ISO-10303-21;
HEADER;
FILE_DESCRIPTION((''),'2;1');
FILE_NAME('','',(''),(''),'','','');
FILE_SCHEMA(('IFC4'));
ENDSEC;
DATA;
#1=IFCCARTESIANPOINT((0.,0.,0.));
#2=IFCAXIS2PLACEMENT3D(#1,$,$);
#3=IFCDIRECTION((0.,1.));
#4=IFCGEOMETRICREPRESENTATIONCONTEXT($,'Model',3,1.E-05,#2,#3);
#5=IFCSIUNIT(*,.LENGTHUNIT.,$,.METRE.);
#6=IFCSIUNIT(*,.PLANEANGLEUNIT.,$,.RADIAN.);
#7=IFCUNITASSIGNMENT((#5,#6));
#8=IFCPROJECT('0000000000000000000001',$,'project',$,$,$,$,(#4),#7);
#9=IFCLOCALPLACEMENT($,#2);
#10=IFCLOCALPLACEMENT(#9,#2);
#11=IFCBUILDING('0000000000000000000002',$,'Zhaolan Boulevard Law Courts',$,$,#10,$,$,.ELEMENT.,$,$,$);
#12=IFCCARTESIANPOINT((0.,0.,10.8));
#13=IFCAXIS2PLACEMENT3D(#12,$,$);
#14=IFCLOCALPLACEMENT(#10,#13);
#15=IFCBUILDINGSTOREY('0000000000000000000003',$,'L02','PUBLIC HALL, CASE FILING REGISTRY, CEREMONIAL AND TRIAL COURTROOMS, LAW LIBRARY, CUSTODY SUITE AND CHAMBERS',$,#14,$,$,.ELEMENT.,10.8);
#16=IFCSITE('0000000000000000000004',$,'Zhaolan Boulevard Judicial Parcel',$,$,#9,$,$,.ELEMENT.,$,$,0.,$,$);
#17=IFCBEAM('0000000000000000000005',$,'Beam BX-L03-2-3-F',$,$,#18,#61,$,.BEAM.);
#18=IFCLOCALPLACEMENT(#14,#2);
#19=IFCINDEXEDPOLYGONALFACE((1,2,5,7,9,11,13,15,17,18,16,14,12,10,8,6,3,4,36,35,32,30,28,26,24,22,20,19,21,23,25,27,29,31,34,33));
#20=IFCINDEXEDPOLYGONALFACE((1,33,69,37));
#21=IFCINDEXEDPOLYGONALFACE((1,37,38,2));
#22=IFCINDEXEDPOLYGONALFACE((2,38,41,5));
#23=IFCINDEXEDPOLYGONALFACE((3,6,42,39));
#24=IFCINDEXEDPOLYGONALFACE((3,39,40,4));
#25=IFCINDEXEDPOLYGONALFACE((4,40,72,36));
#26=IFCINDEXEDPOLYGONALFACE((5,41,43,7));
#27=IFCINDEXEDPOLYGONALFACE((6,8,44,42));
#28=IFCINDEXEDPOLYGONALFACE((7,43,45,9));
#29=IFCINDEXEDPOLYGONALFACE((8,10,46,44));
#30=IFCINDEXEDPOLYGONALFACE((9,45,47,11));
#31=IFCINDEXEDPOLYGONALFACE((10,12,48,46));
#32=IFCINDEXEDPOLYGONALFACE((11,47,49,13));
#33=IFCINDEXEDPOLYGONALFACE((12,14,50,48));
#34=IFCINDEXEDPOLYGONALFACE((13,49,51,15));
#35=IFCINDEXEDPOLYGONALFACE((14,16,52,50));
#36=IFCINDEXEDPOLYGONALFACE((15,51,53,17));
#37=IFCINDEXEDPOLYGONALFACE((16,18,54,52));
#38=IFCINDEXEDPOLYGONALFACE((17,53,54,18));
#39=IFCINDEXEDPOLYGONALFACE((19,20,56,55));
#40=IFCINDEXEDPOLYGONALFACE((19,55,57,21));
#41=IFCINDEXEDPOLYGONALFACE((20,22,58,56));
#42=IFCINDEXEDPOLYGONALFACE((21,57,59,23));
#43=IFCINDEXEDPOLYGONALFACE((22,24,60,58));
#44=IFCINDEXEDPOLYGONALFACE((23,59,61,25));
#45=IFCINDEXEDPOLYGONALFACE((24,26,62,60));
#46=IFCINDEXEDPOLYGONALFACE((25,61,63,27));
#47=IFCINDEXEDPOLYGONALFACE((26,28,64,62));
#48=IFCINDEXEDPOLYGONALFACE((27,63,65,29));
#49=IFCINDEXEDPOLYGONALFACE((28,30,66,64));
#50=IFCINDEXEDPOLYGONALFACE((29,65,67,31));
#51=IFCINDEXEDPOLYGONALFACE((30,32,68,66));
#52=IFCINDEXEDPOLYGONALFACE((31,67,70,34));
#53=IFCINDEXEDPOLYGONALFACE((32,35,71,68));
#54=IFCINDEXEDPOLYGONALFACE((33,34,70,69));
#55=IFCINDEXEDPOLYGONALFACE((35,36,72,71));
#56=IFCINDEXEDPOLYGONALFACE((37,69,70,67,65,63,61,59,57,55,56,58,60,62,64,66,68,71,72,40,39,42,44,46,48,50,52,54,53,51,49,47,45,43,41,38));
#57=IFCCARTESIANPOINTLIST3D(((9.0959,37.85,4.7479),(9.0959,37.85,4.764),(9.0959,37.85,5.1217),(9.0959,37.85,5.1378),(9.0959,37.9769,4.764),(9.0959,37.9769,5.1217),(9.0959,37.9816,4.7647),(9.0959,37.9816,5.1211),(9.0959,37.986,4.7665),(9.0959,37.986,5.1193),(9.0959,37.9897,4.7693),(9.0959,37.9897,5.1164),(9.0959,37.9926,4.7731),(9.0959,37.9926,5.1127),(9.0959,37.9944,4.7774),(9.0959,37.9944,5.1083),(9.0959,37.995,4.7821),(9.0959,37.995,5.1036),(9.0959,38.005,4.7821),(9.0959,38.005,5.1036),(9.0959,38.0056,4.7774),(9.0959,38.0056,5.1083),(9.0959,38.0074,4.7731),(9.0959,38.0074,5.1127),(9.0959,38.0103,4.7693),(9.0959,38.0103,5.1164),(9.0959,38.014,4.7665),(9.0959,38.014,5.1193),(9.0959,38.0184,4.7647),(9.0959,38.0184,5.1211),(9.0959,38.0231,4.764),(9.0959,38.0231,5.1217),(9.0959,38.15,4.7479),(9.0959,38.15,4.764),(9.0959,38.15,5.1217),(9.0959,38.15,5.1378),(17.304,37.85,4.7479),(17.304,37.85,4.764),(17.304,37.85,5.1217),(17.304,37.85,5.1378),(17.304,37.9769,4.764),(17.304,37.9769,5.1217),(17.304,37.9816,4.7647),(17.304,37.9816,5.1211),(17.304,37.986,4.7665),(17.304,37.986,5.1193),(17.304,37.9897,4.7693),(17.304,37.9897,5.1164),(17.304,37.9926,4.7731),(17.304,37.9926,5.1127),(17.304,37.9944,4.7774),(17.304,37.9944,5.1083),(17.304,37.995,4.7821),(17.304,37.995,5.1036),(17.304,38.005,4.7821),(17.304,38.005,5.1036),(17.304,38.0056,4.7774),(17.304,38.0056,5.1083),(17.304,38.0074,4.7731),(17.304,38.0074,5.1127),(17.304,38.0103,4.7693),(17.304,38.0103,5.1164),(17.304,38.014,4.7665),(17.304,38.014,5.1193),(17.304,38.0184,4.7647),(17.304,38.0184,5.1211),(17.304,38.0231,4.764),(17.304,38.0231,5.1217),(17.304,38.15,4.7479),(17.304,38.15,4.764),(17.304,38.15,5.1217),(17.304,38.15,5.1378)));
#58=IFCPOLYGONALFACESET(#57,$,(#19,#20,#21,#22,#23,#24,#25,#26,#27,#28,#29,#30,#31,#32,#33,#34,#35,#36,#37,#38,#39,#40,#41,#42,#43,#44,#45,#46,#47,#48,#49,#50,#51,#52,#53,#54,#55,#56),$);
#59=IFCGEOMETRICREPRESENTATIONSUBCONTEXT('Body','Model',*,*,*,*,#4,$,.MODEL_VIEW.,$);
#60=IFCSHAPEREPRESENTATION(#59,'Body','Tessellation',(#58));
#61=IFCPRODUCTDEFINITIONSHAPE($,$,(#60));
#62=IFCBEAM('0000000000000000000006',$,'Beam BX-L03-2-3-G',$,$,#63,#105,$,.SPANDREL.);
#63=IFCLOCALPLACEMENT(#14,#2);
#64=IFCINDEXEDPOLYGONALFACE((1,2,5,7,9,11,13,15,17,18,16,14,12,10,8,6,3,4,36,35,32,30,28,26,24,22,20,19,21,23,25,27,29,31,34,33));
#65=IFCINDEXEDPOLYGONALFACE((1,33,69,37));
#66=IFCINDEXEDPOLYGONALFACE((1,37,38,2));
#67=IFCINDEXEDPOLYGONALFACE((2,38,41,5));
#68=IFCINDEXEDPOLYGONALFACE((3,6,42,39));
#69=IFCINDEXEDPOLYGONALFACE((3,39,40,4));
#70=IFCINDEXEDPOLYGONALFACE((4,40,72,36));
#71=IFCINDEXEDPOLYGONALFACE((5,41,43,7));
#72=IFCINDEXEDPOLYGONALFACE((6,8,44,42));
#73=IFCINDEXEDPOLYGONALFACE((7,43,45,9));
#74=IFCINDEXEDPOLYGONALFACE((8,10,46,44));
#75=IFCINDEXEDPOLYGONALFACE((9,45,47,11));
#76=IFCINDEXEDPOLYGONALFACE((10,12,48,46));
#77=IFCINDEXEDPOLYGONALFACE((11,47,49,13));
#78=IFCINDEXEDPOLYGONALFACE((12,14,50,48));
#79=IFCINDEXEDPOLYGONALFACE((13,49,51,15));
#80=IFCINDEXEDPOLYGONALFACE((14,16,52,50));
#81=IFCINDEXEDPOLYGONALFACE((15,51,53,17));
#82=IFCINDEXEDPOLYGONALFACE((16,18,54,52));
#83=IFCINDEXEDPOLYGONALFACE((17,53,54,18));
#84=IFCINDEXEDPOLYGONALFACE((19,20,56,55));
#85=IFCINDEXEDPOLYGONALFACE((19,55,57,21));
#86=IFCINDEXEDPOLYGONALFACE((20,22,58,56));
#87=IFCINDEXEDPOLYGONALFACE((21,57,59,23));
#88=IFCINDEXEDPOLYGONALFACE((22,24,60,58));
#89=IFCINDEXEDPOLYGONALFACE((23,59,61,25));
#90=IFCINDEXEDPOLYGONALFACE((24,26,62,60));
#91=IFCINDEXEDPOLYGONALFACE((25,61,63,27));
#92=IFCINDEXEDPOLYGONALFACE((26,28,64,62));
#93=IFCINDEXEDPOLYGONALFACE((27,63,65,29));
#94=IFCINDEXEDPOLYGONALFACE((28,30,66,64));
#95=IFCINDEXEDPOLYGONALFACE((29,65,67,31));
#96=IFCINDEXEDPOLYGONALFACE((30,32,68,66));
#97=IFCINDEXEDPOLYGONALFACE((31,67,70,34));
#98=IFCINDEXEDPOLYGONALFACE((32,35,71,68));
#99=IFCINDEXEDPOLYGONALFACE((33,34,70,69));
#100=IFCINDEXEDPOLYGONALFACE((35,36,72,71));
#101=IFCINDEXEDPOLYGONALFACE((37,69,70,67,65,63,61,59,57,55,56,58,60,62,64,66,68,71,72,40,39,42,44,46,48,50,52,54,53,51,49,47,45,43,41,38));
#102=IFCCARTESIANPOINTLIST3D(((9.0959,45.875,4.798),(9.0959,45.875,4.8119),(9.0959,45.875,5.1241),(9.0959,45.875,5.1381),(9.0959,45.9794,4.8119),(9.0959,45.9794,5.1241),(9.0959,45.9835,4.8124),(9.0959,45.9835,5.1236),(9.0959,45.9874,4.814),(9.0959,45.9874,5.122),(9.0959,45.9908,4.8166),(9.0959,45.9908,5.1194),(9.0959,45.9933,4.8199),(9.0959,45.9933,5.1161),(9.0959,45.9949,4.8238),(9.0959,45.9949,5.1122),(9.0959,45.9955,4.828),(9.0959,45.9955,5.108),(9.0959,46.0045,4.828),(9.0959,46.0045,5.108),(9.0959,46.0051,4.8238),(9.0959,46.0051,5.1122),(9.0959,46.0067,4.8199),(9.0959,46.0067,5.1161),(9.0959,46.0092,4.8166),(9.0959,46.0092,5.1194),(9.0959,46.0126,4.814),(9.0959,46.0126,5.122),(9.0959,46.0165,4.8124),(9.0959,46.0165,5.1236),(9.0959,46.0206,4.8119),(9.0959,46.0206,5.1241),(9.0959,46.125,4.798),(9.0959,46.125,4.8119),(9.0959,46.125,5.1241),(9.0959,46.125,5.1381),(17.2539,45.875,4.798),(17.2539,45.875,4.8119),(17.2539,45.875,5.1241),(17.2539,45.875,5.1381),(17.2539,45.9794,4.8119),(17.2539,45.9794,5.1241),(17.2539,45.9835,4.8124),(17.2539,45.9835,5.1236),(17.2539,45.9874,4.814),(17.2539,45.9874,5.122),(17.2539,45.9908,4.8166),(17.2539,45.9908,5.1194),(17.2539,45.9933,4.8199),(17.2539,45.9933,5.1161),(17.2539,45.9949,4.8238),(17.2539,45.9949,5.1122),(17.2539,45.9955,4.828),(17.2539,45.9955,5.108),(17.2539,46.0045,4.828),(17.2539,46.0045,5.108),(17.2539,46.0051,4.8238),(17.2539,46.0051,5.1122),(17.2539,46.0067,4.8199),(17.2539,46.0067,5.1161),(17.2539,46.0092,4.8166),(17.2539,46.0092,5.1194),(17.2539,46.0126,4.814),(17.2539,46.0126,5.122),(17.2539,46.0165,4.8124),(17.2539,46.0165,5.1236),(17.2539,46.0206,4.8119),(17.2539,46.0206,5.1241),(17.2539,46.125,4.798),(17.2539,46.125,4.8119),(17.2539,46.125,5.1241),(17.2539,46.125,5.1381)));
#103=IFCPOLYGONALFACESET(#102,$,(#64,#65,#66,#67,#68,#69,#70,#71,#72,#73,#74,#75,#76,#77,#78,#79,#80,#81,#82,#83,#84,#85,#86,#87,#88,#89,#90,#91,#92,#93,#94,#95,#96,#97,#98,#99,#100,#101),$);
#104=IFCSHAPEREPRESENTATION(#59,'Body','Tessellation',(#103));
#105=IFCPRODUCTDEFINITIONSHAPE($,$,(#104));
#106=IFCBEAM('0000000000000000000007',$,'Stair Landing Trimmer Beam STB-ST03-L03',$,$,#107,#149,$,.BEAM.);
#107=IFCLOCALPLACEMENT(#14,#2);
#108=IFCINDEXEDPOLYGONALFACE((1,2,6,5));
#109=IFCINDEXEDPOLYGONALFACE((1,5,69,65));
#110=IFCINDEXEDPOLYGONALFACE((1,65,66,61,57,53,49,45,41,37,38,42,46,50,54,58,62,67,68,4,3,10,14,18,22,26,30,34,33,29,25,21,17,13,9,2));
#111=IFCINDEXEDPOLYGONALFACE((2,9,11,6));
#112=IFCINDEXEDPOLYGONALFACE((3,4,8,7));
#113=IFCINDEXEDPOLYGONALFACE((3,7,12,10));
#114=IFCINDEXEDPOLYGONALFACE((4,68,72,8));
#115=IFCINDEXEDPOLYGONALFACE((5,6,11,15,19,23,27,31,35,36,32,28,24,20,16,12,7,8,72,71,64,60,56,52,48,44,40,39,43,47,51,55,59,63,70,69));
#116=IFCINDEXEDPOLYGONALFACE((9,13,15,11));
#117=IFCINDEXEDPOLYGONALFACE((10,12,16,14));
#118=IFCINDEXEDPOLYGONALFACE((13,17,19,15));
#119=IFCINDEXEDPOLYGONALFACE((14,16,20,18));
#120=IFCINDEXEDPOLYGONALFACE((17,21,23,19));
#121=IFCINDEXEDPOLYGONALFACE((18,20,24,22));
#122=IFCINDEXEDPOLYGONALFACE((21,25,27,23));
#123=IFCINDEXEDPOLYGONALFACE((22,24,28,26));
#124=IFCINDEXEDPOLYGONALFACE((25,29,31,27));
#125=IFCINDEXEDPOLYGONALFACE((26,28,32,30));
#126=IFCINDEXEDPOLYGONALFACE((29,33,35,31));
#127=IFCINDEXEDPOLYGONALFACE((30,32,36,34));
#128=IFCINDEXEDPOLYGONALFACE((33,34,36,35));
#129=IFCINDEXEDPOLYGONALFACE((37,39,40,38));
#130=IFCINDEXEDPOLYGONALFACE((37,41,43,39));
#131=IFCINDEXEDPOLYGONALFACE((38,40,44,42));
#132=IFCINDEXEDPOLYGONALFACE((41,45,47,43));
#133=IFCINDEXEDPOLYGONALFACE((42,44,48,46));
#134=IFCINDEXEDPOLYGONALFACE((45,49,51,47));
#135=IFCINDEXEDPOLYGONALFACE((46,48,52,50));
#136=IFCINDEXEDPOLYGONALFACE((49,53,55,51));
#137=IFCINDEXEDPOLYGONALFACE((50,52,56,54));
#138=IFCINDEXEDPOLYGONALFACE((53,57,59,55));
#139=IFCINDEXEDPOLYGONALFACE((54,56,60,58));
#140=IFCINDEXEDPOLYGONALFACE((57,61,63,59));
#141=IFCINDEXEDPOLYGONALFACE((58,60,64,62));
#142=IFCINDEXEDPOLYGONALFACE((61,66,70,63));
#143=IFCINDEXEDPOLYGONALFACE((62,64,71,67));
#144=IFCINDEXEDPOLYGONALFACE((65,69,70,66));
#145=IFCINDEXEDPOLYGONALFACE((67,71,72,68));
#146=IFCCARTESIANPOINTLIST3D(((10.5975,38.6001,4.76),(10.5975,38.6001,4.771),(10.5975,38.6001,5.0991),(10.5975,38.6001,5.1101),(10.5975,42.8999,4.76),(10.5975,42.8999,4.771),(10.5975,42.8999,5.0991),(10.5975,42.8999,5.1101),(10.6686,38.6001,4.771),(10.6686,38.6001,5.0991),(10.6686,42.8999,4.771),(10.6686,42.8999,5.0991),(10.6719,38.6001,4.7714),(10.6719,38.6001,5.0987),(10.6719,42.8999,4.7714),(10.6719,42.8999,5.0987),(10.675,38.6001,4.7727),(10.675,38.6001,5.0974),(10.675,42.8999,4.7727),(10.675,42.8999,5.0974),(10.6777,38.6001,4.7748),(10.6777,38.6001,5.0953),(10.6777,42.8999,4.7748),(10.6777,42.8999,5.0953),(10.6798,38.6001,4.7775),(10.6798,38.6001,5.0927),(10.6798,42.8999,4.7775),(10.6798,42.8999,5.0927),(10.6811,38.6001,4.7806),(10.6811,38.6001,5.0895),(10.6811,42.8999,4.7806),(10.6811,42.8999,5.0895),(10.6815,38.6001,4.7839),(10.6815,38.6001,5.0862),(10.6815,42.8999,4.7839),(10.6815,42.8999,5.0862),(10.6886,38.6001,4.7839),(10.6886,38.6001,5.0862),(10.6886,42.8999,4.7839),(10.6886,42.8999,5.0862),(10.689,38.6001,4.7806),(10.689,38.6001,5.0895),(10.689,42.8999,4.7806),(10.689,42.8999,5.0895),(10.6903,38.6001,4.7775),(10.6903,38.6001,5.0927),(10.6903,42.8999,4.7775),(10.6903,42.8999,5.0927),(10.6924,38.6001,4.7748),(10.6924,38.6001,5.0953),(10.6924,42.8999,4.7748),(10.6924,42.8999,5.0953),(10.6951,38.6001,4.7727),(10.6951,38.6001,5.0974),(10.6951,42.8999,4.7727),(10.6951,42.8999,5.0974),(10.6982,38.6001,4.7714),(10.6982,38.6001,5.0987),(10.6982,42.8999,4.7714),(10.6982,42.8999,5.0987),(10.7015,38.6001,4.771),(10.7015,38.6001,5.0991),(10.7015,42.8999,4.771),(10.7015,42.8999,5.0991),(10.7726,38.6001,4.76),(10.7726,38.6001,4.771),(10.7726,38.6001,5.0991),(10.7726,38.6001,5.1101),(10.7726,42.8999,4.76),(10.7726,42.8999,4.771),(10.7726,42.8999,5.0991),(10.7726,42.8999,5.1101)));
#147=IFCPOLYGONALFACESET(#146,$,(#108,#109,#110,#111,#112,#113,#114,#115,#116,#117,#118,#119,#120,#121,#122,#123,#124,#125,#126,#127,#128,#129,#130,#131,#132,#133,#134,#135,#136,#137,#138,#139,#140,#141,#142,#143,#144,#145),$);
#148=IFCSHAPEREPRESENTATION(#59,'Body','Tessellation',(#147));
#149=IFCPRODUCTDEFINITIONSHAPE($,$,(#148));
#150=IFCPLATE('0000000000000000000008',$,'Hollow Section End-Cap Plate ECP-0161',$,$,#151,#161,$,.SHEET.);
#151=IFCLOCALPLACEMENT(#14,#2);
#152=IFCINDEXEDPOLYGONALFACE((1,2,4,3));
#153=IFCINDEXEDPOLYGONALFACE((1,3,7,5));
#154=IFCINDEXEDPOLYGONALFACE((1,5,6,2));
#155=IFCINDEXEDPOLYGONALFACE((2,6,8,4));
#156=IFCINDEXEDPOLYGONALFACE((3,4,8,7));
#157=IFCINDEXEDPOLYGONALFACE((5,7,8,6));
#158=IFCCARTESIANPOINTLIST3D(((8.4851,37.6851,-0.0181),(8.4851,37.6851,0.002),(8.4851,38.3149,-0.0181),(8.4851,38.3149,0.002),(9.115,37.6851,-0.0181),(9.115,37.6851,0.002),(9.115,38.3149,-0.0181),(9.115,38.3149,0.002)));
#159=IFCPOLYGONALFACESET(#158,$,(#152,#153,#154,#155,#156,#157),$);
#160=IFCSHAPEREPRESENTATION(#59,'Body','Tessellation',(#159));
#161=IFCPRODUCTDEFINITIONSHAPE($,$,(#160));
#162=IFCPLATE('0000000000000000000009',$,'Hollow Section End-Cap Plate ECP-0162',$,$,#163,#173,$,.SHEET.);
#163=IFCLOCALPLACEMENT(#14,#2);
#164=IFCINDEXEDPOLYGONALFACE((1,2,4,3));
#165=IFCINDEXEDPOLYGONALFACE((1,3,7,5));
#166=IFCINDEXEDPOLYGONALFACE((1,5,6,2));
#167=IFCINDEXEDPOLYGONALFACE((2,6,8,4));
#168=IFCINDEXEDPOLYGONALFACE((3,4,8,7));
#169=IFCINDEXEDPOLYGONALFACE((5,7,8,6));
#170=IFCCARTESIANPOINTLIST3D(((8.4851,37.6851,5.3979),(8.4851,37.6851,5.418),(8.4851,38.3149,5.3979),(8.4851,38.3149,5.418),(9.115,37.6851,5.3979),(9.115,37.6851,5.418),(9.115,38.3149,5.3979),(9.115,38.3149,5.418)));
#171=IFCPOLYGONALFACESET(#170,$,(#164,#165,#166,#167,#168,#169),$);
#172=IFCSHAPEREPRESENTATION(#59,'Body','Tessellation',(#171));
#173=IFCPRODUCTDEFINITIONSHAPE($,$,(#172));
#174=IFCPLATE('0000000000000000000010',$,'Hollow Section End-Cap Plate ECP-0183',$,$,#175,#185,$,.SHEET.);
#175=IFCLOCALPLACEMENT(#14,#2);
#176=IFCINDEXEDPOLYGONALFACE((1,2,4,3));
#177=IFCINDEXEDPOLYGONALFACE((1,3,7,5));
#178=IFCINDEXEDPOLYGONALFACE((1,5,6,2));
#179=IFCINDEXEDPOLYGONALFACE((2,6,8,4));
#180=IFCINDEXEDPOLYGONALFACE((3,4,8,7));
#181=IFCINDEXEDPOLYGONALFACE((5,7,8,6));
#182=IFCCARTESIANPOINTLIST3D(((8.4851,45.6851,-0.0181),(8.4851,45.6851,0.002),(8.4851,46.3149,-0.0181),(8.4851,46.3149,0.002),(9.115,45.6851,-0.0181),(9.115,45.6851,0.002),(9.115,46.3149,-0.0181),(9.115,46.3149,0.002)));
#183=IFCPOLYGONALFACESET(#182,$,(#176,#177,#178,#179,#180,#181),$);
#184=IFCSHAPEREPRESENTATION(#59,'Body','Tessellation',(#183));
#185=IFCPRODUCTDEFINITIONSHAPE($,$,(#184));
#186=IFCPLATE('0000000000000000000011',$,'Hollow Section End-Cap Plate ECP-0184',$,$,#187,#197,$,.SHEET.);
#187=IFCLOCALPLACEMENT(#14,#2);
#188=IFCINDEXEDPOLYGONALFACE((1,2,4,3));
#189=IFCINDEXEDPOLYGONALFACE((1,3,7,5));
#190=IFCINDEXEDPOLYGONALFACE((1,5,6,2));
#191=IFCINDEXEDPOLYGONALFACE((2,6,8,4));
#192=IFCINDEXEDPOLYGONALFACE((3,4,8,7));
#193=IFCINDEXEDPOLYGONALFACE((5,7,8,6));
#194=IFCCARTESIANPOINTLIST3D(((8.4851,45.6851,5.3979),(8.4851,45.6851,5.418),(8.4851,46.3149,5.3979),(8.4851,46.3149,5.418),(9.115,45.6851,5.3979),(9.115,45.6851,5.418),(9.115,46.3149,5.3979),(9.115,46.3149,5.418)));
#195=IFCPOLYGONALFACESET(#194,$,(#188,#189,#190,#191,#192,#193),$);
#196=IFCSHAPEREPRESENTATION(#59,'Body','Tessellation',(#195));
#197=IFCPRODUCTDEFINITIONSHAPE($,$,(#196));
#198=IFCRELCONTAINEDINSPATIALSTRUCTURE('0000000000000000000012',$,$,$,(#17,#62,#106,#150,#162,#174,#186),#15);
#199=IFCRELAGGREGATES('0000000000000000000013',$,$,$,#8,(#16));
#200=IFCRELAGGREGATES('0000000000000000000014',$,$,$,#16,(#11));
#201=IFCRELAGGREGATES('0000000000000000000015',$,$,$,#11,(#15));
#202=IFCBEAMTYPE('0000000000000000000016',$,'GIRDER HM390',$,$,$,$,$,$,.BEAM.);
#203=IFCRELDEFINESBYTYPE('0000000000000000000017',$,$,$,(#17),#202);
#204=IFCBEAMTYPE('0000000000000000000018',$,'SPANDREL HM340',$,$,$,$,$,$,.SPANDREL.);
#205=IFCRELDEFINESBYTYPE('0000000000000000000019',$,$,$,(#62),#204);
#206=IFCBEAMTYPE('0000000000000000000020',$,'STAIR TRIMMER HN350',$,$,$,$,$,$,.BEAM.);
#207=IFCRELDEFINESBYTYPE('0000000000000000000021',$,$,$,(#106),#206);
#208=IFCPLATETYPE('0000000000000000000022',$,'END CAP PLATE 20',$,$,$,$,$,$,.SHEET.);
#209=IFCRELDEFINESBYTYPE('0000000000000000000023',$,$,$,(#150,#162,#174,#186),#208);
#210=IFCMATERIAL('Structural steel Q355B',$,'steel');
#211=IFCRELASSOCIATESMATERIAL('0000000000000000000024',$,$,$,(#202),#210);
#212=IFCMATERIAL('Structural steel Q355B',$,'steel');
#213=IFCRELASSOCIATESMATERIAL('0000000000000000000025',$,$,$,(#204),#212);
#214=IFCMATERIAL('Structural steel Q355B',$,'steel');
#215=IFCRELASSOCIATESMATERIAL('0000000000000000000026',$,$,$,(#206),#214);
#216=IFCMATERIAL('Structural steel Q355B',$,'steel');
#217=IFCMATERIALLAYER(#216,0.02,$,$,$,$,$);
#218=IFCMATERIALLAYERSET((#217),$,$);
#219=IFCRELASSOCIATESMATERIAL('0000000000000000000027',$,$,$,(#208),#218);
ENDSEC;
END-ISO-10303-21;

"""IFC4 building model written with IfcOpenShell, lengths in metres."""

from ifc_helpers import new_model, si_unit, direction, frame, origin, origin_2d, place, context, subcontext, project, spatial, rectangle, i_section, extrude, material, layer, layer_set, material_profile, profile_set, type_object, element, save


model = new_model("IFC4")

# Units and contexts
model_context = context("Model", 3, precision=1e-05, world=origin(), true_north=direction((0.0, 1.0)))
body_context = subcontext(model_context, "Body", "Model", "MODEL_VIEW")
ifc_project = project(units=[si_unit("LENGTHUNIT", "METRE"), si_unit("PLANEANGLEUNIT", "RADIAN")], contexts=[model_context])

# Site, building, storey
site_placement = place(None, origin())
site = spatial("IfcSite", under=ifc_project, at=site_placement, Name="Zhaolan Boulevard Judicial Parcel", CompositionType="ELEMENT", RefElevation=0.0)
building_placement = place(site_placement, origin())
building = spatial("IfcBuilding", under=site, at=building_placement, Name="Zhaolan Boulevard Law Courts", CompositionType="ELEMENT")
storey_placement = place(building_placement, frame((0.0, 0.0, 10.8)))
storey = spatial("IfcBuildingStorey", under=building, at=storey_placement, Name="L02", Description="PUBLIC HALL, CASE FILING REGISTRY, CEREMONIAL AND TRIAL COURTROOMS, LAW LIBRARY, CUSTODY SUITE AND CHAMBERS", CompositionType="ELEMENT", Elevation=10.8)

# Beams
ifc_material_1 = material(Name="Structural steel Q355B", Category="steel")
ifc_material_profile_1 = material_profile(ifc_material_1, i_section(OverallWidth=0.3, OverallDepth=0.3899, WebThickness=0.01, FlangeThickness=0.0161, FilletRadius=0.0181, at=origin_2d()), Name="HM390x300")
ifc_profile_set_1 = profile_set([ifc_material_profile_1], Name="Structural steel Q355B")
beam_type_1 = type_object("IfcBeamType", Name="GIRDER HM390", PredefinedType="BEAM", material=ifc_profile_set_1)
beam_1_placement = place(storey_placement, frame((9.0959, 38.0, 4.9429), z_axis=(1.0, 0.0, 0.0), x_axis=(0.0, 1.0, 0.0)))
element("IfcBeam", 1, at=beam_1_placement, inside=storey, type_object=beam_type_1, Name="Beam BX-L03-2-3-F", PredefinedType="BEAM", context=body_context, shape_type="SweptSolid", body=[
    extrude(i_section(OverallWidth=0.3, OverallDepth=0.3899, WebThickness=0.01, FlangeThickness=0.0161, FilletRadius=0.0181, at=origin_2d()), origin(), (0.0, 0.0, 1.0), 8.208),
])
ifc_material_2 = material(Name="Structural steel Q355B", Category="steel")
ifc_material_profile_2 = material_profile(ifc_material_2, i_section(OverallWidth=0.25, OverallDepth=0.3401, WebThickness=0.009, FlangeThickness=0.0139, FilletRadius=0.0161, at=origin_2d()), Name="HM340x250")
ifc_profile_set_2 = profile_set([ifc_material_profile_2], Name="Structural steel Q355B")
beam_type_2 = type_object("IfcBeamType", Name="SPANDREL HM340", PredefinedType="SPANDREL", material=ifc_profile_set_2)
beam_2_placement = place(storey_placement, frame((9.0959, 46.0, 4.968), z_axis=(1.0, 0.0, 0.0), x_axis=(0.0, 1.0, 0.0)))
element("IfcBeam", 2, at=beam_2_placement, inside=storey, type_object=beam_type_2, Name="Beam BX-L03-2-3-G", PredefinedType="SPANDREL", context=body_context, shape_type="SweptSolid", body=[
    extrude(i_section(OverallWidth=0.25, OverallDepth=0.3401, WebThickness=0.009, FlangeThickness=0.0139, FilletRadius=0.0161, at=origin_2d()), origin(), (0.0, 0.0, 1.0), 8.158),
])
ifc_material_3 = material(Name="Structural steel Q355B", Category="steel")
ifc_material_profile_3 = material_profile(ifc_material_3, i_section(OverallWidth=0.175, OverallDepth=0.3501, WebThickness=0.0071, FlangeThickness=0.011, FilletRadius=0.0129, at=origin_2d()), Name="HN350x175")
ifc_profile_set_3 = profile_set([ifc_material_profile_3], Name="Structural steel Q355B")
beam_type_3 = type_object("IfcBeamType", Name="STAIR TRIMMER HN350", PredefinedType="BEAM", material=ifc_profile_set_3)
beam_3_placement = place(storey_placement, frame((10.6851, 38.6001, 4.9351), z_axis=(0.0, 1.0, 0.0), x_axis=(-1.0, 0.0, 0.0)))
element("IfcBeam", 3, at=beam_3_placement, inside=storey, type_object=beam_type_3, Name="Stair Landing Trimmer Beam STB-ST03-L03", PredefinedType="BEAM", context=body_context, shape_type="SweptSolid", body=[
    extrude(i_section(OverallWidth=0.175, OverallDepth=0.3501, WebThickness=0.0071, FlangeThickness=0.011, FilletRadius=0.0129, at=origin_2d()), origin(), (0.0, 0.0, 1.0), 4.2998),
])

# Plates
ifc_material_4 = material(Name="Structural steel Q355B", Category="steel")
ifc_layer_1 = layer(ifc_material_4, 0.02)
ifc_layer_set_1 = layer_set([ifc_layer_1])
plate_type = type_object("IfcPlateType", Name="END CAP PLATE 20", PredefinedType="SHEET", material=ifc_layer_set_1)
for number, where, z_axis, x_axis, name in (
    (4, (8.8, 38.0, -0.0181), (0.0, 0.0, 1.0), (1.0, 0.0, 0.0), "Hollow Section End-Cap Plate ECP-0161"),
    (5, (8.8, 38.0, 5.3979), (0.0, 0.0, 1.0), (1.0, 0.0, 0.0), "Hollow Section End-Cap Plate ECP-0162"),
    (6, (8.8, 46.0, -0.0181), (0.0, 0.0, 1.0), (1.0, 0.0, 0.0), "Hollow Section End-Cap Plate ECP-0183"),
    (7, (8.8, 46.0, 5.3979), (0.0, 0.0, 1.0), (1.0, 0.0, 0.0), "Hollow Section End-Cap Plate ECP-0184"),
):
    element("IfcPlate", number, at=place(storey_placement, frame(where, z_axis=z_axis, x_axis=x_axis)), inside=storey, type_object=plate_type, Name=name, PredefinedType="SHEET", context=body_context, shape_type="SweptSolid", body=[
        extrude(rectangle(XDim=0.6299, YDim=0.6299, at=origin_2d()), origin(), (0.0, 0.0, 1.0), 0.02),
    ])

save(model, "model.ifc")
